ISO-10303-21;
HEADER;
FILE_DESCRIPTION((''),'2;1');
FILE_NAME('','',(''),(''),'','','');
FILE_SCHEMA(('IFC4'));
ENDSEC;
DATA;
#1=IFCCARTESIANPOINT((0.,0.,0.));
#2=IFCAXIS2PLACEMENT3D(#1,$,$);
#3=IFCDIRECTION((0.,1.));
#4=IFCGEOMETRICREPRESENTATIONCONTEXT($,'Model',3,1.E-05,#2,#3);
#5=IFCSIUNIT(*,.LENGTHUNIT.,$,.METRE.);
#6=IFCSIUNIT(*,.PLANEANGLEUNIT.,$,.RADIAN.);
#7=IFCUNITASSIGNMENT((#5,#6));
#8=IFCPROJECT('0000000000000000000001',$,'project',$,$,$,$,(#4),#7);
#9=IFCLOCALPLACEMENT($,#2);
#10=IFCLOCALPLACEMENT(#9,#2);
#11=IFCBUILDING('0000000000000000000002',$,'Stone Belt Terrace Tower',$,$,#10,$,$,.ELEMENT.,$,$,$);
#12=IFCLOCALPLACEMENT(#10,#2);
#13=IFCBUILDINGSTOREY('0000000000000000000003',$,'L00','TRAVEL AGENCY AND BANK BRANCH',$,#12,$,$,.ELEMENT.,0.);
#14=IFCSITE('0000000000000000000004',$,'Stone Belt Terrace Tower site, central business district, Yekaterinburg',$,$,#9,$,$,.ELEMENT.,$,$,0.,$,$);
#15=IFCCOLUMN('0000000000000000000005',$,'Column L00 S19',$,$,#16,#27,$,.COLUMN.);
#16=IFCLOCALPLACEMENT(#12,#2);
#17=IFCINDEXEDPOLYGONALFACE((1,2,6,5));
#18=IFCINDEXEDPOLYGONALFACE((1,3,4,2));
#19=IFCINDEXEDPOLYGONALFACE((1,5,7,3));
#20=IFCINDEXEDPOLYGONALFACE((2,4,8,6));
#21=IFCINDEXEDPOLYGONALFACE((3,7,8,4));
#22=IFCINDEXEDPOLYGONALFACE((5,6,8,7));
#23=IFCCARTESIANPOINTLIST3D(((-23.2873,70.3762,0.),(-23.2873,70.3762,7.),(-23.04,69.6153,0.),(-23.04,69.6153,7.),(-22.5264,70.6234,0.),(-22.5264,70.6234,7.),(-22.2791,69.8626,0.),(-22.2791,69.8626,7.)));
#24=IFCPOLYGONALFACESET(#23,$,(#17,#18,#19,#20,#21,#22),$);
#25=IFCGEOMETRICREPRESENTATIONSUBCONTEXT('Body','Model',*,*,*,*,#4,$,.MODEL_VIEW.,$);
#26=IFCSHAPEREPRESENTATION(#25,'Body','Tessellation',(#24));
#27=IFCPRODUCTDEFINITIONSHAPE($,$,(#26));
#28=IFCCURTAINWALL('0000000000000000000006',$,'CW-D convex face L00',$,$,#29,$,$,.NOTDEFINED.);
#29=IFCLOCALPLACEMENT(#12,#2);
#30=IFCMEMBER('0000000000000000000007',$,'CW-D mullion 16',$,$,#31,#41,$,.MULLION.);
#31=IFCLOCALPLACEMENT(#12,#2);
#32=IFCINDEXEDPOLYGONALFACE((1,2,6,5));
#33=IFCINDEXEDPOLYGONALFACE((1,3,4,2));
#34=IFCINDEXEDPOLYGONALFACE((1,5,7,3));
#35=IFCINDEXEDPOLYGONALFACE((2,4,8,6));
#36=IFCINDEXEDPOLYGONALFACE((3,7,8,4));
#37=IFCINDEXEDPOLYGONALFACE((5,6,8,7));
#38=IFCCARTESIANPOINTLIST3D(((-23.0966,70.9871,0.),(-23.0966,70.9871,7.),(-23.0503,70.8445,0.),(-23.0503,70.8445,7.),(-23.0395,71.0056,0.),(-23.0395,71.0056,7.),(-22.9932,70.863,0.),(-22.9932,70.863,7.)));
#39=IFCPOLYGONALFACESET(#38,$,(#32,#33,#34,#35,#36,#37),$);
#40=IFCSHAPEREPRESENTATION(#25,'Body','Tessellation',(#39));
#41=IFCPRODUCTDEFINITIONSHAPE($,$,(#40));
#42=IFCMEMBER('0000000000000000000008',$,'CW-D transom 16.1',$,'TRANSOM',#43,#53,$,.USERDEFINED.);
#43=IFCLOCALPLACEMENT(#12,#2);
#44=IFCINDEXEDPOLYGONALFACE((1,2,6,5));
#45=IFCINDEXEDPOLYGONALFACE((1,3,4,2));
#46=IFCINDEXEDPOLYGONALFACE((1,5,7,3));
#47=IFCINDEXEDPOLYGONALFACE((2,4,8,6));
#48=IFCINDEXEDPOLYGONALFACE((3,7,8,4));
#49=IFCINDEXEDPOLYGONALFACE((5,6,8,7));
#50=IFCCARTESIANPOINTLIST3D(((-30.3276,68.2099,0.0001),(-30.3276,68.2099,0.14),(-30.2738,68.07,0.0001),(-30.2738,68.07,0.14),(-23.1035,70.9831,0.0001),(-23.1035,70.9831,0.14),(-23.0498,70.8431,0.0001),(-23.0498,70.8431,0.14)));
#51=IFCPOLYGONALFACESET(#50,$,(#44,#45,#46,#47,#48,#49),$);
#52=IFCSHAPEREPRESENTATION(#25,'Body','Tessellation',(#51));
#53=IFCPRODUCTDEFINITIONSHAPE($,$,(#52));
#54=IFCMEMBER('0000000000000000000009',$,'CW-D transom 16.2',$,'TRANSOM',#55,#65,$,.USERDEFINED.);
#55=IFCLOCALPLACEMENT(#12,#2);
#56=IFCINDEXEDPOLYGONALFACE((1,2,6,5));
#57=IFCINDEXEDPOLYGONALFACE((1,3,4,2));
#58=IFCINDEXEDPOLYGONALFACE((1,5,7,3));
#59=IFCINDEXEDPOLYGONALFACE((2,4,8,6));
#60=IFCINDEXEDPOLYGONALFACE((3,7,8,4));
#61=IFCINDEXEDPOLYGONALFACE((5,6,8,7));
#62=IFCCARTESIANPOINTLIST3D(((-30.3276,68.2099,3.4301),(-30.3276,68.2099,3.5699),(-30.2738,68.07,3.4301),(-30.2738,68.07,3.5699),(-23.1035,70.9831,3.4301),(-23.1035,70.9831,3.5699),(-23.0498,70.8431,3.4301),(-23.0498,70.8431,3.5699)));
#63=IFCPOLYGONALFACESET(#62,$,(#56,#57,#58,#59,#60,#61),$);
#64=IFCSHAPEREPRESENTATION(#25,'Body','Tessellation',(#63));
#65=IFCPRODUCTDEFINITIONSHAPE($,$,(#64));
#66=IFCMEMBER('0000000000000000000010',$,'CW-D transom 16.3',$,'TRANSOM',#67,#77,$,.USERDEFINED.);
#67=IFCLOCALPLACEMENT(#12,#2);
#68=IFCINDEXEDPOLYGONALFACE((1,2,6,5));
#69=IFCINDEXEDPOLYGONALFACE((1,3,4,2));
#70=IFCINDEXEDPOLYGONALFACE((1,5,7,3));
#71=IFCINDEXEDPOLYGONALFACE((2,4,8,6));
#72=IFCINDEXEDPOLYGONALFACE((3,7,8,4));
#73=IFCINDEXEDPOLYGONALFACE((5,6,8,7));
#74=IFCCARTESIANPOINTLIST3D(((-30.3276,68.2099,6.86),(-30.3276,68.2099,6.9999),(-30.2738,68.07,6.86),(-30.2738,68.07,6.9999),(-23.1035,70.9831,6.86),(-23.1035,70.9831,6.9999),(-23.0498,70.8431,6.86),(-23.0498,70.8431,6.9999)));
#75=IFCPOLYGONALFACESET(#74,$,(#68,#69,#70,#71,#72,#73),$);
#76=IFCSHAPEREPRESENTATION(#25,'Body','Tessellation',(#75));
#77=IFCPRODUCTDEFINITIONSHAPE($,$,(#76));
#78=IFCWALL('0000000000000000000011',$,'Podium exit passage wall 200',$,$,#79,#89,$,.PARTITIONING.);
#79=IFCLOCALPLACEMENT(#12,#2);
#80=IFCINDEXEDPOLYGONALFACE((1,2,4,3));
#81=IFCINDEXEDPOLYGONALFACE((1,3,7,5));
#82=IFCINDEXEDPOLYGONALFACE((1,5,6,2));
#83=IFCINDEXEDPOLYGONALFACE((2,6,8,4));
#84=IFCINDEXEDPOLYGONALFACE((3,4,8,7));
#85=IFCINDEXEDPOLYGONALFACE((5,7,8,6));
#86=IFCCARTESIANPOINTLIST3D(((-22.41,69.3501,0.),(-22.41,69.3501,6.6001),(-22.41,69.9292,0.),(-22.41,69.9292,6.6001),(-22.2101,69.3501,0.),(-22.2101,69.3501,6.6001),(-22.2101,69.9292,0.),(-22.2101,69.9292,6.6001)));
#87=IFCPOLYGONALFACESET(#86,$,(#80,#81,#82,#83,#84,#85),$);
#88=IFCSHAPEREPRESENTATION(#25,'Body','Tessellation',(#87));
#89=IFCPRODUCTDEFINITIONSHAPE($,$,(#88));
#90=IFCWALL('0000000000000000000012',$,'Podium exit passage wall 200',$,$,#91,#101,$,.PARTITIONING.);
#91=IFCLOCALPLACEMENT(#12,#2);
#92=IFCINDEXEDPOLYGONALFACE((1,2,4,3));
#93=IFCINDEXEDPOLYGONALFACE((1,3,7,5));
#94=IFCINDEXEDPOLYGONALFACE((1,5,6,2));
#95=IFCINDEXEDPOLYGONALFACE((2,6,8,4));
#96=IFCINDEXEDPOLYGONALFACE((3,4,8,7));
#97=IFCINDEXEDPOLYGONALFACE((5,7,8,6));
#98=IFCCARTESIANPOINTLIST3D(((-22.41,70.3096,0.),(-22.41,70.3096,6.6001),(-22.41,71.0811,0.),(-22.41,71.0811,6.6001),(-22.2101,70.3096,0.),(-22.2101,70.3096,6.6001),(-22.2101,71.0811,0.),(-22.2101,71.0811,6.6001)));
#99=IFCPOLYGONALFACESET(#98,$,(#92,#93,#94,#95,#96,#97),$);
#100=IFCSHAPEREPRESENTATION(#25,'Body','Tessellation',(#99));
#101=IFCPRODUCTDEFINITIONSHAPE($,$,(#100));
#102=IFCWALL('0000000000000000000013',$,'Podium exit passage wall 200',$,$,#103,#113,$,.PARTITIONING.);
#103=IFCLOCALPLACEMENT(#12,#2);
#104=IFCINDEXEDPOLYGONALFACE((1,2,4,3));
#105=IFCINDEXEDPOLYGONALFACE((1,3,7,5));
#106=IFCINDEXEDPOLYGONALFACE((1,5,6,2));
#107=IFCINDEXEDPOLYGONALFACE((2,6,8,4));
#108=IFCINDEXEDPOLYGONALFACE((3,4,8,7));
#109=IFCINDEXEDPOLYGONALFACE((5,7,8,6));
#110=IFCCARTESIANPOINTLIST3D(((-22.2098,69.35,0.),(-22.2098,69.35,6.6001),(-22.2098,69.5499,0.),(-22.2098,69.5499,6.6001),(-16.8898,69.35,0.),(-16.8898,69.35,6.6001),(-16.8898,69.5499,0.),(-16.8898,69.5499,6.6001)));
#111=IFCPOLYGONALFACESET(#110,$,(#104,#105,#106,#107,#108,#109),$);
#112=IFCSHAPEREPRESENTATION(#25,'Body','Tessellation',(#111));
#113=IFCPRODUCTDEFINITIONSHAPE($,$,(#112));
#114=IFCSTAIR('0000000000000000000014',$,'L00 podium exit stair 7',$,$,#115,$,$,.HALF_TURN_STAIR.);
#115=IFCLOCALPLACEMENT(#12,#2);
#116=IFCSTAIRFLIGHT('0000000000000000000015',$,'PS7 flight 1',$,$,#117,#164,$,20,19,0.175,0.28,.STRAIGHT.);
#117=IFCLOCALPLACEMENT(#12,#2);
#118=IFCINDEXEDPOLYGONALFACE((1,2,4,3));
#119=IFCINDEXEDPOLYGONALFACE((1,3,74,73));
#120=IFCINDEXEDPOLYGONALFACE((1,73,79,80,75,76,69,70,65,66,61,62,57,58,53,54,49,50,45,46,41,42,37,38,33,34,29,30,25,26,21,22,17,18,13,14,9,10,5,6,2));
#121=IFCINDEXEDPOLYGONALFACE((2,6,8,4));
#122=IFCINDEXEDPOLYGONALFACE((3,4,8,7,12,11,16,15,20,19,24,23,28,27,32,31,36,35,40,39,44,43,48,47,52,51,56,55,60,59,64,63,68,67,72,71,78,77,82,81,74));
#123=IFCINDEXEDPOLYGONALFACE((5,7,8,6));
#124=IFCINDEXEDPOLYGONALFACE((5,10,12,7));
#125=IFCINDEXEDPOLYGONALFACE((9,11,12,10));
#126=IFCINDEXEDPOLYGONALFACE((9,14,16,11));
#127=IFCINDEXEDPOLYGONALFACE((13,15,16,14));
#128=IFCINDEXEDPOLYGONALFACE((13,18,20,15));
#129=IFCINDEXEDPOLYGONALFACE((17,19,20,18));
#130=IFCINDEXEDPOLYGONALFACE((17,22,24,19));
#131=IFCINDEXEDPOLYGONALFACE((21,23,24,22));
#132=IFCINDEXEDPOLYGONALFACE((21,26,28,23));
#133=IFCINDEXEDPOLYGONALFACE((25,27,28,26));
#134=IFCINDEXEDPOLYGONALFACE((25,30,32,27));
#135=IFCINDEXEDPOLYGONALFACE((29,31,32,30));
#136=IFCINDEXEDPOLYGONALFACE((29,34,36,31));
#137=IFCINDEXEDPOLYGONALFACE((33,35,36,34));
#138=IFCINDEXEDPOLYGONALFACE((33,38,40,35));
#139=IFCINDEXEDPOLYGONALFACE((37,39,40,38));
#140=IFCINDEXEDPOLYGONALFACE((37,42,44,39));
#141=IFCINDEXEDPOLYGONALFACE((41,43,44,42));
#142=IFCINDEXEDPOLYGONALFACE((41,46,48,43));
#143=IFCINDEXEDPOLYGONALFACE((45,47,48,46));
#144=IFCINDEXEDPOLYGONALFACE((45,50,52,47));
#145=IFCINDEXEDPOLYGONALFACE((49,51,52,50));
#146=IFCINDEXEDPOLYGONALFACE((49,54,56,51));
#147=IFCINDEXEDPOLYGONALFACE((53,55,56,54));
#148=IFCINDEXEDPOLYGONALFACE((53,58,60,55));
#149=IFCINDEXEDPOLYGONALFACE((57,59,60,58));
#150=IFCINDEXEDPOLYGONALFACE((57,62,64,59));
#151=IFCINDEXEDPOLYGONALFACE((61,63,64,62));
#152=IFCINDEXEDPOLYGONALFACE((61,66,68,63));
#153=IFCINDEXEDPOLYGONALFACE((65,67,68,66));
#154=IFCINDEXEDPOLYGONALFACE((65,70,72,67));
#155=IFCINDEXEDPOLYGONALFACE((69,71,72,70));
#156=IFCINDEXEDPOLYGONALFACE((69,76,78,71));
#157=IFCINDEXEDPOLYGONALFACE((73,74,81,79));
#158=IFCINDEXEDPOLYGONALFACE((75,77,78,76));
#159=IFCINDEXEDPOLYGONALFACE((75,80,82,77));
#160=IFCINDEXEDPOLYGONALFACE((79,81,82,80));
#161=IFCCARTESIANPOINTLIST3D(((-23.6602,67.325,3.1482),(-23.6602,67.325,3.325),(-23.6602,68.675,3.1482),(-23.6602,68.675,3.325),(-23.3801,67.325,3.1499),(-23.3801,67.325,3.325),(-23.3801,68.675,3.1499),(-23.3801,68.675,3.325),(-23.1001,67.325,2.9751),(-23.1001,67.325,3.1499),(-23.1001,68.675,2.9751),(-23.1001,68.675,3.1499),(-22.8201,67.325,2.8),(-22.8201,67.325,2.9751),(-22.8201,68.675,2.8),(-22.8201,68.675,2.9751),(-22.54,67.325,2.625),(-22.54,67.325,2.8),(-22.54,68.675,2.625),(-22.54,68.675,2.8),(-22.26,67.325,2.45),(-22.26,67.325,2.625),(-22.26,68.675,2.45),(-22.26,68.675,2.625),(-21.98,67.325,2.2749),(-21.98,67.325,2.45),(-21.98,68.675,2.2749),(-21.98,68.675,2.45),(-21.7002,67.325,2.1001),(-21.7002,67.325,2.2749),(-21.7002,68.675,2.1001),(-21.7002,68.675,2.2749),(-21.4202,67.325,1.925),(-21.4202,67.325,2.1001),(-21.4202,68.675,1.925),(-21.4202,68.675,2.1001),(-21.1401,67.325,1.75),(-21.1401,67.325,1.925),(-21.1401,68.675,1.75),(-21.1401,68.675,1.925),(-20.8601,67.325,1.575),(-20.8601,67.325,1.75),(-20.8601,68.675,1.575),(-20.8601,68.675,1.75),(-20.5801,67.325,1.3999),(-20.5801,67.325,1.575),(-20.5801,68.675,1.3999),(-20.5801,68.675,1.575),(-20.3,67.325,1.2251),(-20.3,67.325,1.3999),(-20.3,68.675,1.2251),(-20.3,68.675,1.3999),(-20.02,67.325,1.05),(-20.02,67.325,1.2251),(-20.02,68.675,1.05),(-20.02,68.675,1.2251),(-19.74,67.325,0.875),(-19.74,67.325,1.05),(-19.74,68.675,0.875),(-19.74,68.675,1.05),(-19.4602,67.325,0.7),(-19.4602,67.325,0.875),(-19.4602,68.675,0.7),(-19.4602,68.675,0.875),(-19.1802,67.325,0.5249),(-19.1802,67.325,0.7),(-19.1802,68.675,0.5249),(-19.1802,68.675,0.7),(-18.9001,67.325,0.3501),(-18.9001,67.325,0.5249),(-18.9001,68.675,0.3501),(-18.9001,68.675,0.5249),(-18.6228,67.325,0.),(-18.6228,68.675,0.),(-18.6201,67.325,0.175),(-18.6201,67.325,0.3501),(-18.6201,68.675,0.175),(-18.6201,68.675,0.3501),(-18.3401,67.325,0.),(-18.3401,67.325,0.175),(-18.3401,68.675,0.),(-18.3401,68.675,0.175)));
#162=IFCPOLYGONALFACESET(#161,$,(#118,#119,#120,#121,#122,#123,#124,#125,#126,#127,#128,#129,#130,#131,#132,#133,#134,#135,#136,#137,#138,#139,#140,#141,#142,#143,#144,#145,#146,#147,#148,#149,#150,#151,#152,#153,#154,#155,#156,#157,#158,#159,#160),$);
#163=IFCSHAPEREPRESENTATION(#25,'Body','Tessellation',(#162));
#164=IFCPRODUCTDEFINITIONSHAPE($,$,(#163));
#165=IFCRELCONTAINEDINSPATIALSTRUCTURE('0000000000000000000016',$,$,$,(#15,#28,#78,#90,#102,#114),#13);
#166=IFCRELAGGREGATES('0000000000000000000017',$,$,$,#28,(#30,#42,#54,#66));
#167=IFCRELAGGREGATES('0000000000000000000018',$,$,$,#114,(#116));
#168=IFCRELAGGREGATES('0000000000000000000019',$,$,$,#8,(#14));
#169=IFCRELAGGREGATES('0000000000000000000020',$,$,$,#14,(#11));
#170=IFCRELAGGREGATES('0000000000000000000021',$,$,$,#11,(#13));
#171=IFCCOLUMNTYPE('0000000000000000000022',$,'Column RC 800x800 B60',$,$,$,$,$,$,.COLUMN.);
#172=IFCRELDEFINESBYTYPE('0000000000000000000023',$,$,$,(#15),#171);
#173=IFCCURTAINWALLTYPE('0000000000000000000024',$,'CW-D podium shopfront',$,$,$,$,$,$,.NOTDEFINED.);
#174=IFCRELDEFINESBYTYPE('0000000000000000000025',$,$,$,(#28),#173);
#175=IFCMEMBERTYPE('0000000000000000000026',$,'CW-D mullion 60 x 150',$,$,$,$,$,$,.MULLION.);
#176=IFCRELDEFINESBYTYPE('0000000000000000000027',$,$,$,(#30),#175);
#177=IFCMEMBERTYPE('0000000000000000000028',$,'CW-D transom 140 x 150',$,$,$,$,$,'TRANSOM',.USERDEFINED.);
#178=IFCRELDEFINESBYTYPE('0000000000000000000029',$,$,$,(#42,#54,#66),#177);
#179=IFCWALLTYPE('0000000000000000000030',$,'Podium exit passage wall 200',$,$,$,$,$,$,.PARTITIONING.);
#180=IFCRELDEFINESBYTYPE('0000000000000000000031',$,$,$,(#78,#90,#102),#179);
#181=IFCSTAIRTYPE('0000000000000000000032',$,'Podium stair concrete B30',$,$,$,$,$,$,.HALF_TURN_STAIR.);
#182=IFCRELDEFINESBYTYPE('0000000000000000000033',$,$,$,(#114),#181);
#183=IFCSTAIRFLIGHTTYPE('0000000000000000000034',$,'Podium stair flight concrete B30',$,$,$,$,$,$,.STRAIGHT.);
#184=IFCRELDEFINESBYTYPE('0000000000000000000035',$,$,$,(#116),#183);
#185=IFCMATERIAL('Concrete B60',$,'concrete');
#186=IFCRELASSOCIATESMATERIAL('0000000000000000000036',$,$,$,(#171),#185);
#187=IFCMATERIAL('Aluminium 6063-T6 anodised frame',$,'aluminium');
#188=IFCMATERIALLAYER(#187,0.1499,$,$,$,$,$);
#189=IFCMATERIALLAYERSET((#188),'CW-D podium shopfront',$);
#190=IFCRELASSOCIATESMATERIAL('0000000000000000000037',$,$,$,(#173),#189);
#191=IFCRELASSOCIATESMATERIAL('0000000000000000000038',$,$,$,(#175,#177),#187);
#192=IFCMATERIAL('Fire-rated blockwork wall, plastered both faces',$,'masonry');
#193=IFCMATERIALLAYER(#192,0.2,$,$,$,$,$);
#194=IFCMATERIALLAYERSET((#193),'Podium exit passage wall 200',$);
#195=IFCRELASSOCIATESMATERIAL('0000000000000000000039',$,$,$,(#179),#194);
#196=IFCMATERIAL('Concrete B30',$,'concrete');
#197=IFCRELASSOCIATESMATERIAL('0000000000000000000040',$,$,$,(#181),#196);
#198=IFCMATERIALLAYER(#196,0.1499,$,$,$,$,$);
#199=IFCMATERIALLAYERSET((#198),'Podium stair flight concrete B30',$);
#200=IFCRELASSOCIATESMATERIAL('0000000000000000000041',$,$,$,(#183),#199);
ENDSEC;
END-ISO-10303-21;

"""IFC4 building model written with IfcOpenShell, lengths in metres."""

from ifc_helpers import new_model, si_unit, direction, frame, frame_2d, origin, origin_2d, place, context, subcontext, project, spatial, polyline, rectangle, outline, extrude, material, layer, layer_set, material_profile, profile_set, type_object, element, aggregate, save


model = new_model("IFC4")

# Units and contexts
model_context = context("Model", 3, precision=1e-05, world=origin(), true_north=direction((0.0, 1.0)))
body_context = subcontext(model_context, "Body", "Model", "MODEL_VIEW")
ifc_project = project(units=[si_unit("LENGTHUNIT", "METRE"), si_unit("PLANEANGLEUNIT", "RADIAN")], contexts=[model_context])

# Site, building, storey
site_placement = place(None, origin())
site = spatial("IfcSite", under=ifc_project, at=site_placement, Name="Stone Belt Terrace Tower site, central business district, Yekaterinburg", CompositionType="ELEMENT", RefElevation=0.0)
building_placement = place(site_placement, origin())
building = spatial("IfcBuilding", under=site, at=building_placement, Name="Stone Belt Terrace Tower", CompositionType="ELEMENT")
storey_placement = place(building_placement, origin())
storey = spatial("IfcBuildingStorey", under=building, at=storey_placement, Name="L00", Description="TRAVEL AGENCY AND BANK BRANCH", CompositionType="ELEMENT", Elevation=0.0)

# Column
ifc_material_1 = material(Name="Concrete B60", Category="concrete")
ifc_material_profile_1 = material_profile(ifc_material_1, rectangle(XDim=0.8, YDim=0.8, at=origin_2d()), Name="RC 800x800")
ifc_profile_set_1 = profile_set([ifc_material_profile_1], Name="Concrete B60")
column_type = type_object("IfcColumnType", Name="Column RC 800x800 B60", PredefinedType="COLUMN", material=ifc_profile_set_1)
column_placement = place(storey_placement, frame((-22.7832, 70.1194, 0.0), z_axis=(0.0, 0.0, 1.0), x_axis=(0.951057, 0.309017, 0.0)))
element("IfcColumn", 1, at=column_placement, inside=storey, type_object=column_type, Name="Column L00 S19", PredefinedType="COLUMN", context=body_context, shape_type="SweptSolid", body=[
    extrude(rectangle(XDim=0.8, YDim=0.8, at=origin_2d()), origin(), (0.0, 0.0, 1.0), 7.0),
])

# Curtain wall, members
ifc_material_2 = material(Name="Aluminium 6063-T6 anodised frame", Category="aluminium")
ifc_layer_1 = layer(ifc_material_2, 0.1499)
ifc_layer_set_1 = layer_set([ifc_layer_1], Name="CW-D podium shopfront")
curtain_wall_type = type_object("IfcCurtainWallType", Name="CW-D podium shopfront", PredefinedType="NOTDEFINED", material=ifc_layer_set_1)
curtain_wall_placement = place(storey_placement, origin())
curtain_wall = element("IfcCurtainWall", 2, at=curtain_wall_placement, inside=storey, type_object=curtain_wall_type, Name="CW-D convex face L00", PredefinedType="NOTDEFINED")
ifc_material_profile_2 = material_profile(ifc_material_2, rectangle(XDim=0.1499, YDim=0.0601, at=origin_2d()), Name="Aluminium 6063-T6 60x150")
ifc_profile_set_2 = profile_set([ifc_material_profile_2], Name="Aluminium 6063-T6 anodised frame")
member_type_1 = type_object("IfcMemberType", Name="CW-D mullion 60 x 150", PredefinedType="MULLION", material=ifc_profile_set_2)
member_1_placement = place(storey_placement, frame((-23.0449, 70.925, 0.0), z_axis=(0.0, 0.0, 1.0), x_axis=(0.309017, -0.951057, 0.0)))
member_1 = element("IfcMember", 3, at=member_1_placement, type_object=member_type_1, Name="CW-D mullion 16", PredefinedType="MULLION", context=body_context, shape_type="SweptSolid", body=[
    extrude(rectangle(XDim=0.1499, YDim=0.0601, at=origin_2d()), origin(), (0.0, 0.0, 1.0), 7.0),
])
ifc_material_profile_3 = material_profile(ifc_material_2, rectangle(XDim=0.1499, YDim=0.1399, at=origin_2d()), Name="Aluminium 6063-T6 150x140")
ifc_profile_set_3 = profile_set([ifc_material_profile_3], Name="Aluminium 6063-T6 anodised frame")
member_type_2 = type_object("IfcMemberType", Name="CW-D transom 140 x 150", ElementType="TRANSOM", PredefinedType="USERDEFINED", material=ifc_profile_set_3)
member_2_placement = place(storey_placement, frame((-23.0767, 70.9131, 0.0701), z_axis=(-0.933576, -0.358381, 0.0), x_axis=(0.358381, -0.933576, 0.0)))
member_2 = element("IfcMember", 4, at=member_2_placement, type_object=member_type_2, Name="CW-D transom 16.1", ObjectType="TRANSOM", PredefinedType="USERDEFINED", context=body_context, shape_type="SweptSolid", body=[
    extrude(rectangle(XDim=0.1499, YDim=0.1399, at=origin_2d()), origin(), (0.0, 0.0, 1.0), 7.738),
])
member_3_placement = place(storey_placement, frame((-23.0767, 70.9131, 3.5), z_axis=(-0.933576, -0.358381, 0.0), x_axis=(0.358381, -0.933576, 0.0)))
member_3 = element("IfcMember", 5, at=member_3_placement, type_object=member_type_2, Name="CW-D transom 16.2", ObjectType="TRANSOM", PredefinedType="USERDEFINED", context=body_context, shape_type="SweptSolid", body=[
    extrude(rectangle(XDim=0.1499, YDim=0.1399, at=origin_2d()), origin(), (0.0, 0.0, 1.0), 7.738),
])
member_4_placement = place(storey_placement, frame((-23.0767, 70.9131, 6.9299), z_axis=(-0.933576, -0.358381, 0.0), x_axis=(0.358381, -0.933576, 0.0)))
member_4 = element("IfcMember", 6, at=member_4_placement, type_object=member_type_2, Name="CW-D transom 16.3", ObjectType="TRANSOM", PredefinedType="USERDEFINED", context=body_context, shape_type="SweptSolid", body=[
    extrude(rectangle(XDim=0.1499, YDim=0.1399, at=origin_2d()), origin(), (0.0, 0.0, 1.0), 7.738),
])
aggregate(curtain_wall, [member_1, member_2, member_3, member_4])

# Walls
ifc_material_3 = material(Name="Fire-rated blockwork wall, plastered both faces", Category="masonry")
ifc_layer_2 = layer(ifc_material_3, 0.2)
ifc_layer_set_2 = layer_set([ifc_layer_2], Name="Podium exit passage wall 200")
wall_type = type_object("IfcWallType", Name="Podium exit passage wall 200", PredefinedType="PARTITIONING", material=ifc_layer_set_2)
wall_1_placement = place(storey_placement, frame((-22.3101, 69.3501, 0.0), z_axis=(0.0, 0.0, 1.0), x_axis=(0.0, 1.0, 0.0)))
element("IfcWall", 7, at=wall_1_placement, inside=storey, type_object=wall_type, Name="Podium exit passage wall 200", PredefinedType="PARTITIONING", context=body_context, shape_type="SweptSolid", body=[
    extrude(rectangle(XDim=0.5791, YDim=0.2, at=frame_2d((0.2896, 0.0))), origin(), (0.0, 0.0, 1.0), 6.6001),
])
wall_2_placement = place(storey_placement, frame((-22.3101, 70.3096, 0.0), z_axis=(0.0, 0.0, 1.0), x_axis=(0.0, 1.0, 0.0)))
element("IfcWall", 8, at=wall_2_placement, inside=storey, type_object=wall_type, Name="Podium exit passage wall 200", PredefinedType="PARTITIONING", context=body_context, shape_type="SweptSolid", body=[
    extrude(rectangle(XDim=0.7715, YDim=0.2, at=frame_2d((0.3857, 0.0))), origin(), (0.0, 0.0, 1.0), 6.6001),
])
wall_3_placement = place(storey_placement, frame((-22.21, 69.45, 0.0), z_axis=(0.0, 0.0, 1.0), x_axis=(1.0, 0.0, 0.0)))
element("IfcWall", 9, at=wall_3_placement, inside=storey, type_object=wall_type, Name="Podium exit passage wall 200", PredefinedType="PARTITIONING", context=body_context, shape_type="SweptSolid", body=[
    extrude(rectangle(XDim=5.3201, YDim=0.2, at=frame_2d((2.6602, 0.0))), origin(), (0.0, 0.0, 1.0), 6.6001),
])

# Stair, stair flight
ifc_material_4 = material(Name="Concrete B30", Category="concrete")
stair_type = type_object("IfcStairType", Name="Podium stair concrete B30", PredefinedType="HALF_TURN_STAIR", material=ifc_material_4)
stair_placement = place(storey_placement, origin())
stair = element("IfcStair", 10, at=stair_placement, inside=storey, type_object=stair_type, Name="L00 podium exit stair 7", PredefinedType="HALF_TURN_STAIR")
ifc_layer_3 = layer(ifc_material_4, 0.1499)
ifc_layer_set_3 = layer_set([ifc_layer_3], Name="Podium stair flight concrete B30")
stair_flight_type = type_object("IfcStairFlightType", Name="Podium stair flight concrete B30", PredefinedType="STRAIGHT", material=ifc_layer_set_3)
stair_flight_1_placement = place(storey_placement, frame((-18.3401, 68.0, 0.0), z_axis=(0.0, 0.0, 1.0), x_axis=(-1.0, 0.0, 0.0)))
stair_flight_1 = element("IfcStairFlight", 11, at=stair_flight_1_placement, type_object=stair_flight_type, Name="PS7 flight 1", NumberOfRisers=20, NumberOfTreads=19, PredefinedType="STRAIGHT", RiserHeight=0.175, TreadLength=0.28, context=body_context, shape_type="SweptSolid", body=[
    extrude(outline(polyline([(0.0, 0.0), (0.0, 0.175), (0.28, 0.175), (0.28, 0.3501), (0.5601, 0.3501), (0.5601, 0.5249), (0.8401, 0.5249), (0.8401, 0.7), (1.1201, 0.7), (1.1201, 0.875), (1.3999, 0.875), (1.3999, 1.05), (1.6799, 1.05), (1.6799, 1.2251), (1.96, 1.2251), (1.96, 1.3999), (2.24, 1.3999), (2.24, 1.575), (2.52, 1.575), (2.52, 1.75), (2.8, 1.75), (2.8, 1.925), (3.0801, 1.925), (3.0801, 2.1001), (3.3601, 2.1001), (3.3601, 2.2749), (3.6399, 2.2749), (3.6399, 2.45), (3.9199, 2.45), (3.9199, 2.625), (4.2, 2.625), (4.2, 2.8), (4.48, 2.8), (4.48, 2.9751), (4.76, 2.9751), (4.76, 3.1499), (5.04, 3.1499), (5.04, 3.325), (5.3201, 3.325), (5.3201, 3.5), (5.3201, 3.1482), (0.2827, 0.0), (0.0, 0.0)])), frame((0.0, 0.675, 0.0), z_axis=(0.0, -1.0, 0.0), x_axis=(1.0, 0.0, 0.0)), (0.0, 0.0, 1.0), 1.3501),
])
aggregate(stair, [stair_flight_1])

save(model, "model.ifc")
